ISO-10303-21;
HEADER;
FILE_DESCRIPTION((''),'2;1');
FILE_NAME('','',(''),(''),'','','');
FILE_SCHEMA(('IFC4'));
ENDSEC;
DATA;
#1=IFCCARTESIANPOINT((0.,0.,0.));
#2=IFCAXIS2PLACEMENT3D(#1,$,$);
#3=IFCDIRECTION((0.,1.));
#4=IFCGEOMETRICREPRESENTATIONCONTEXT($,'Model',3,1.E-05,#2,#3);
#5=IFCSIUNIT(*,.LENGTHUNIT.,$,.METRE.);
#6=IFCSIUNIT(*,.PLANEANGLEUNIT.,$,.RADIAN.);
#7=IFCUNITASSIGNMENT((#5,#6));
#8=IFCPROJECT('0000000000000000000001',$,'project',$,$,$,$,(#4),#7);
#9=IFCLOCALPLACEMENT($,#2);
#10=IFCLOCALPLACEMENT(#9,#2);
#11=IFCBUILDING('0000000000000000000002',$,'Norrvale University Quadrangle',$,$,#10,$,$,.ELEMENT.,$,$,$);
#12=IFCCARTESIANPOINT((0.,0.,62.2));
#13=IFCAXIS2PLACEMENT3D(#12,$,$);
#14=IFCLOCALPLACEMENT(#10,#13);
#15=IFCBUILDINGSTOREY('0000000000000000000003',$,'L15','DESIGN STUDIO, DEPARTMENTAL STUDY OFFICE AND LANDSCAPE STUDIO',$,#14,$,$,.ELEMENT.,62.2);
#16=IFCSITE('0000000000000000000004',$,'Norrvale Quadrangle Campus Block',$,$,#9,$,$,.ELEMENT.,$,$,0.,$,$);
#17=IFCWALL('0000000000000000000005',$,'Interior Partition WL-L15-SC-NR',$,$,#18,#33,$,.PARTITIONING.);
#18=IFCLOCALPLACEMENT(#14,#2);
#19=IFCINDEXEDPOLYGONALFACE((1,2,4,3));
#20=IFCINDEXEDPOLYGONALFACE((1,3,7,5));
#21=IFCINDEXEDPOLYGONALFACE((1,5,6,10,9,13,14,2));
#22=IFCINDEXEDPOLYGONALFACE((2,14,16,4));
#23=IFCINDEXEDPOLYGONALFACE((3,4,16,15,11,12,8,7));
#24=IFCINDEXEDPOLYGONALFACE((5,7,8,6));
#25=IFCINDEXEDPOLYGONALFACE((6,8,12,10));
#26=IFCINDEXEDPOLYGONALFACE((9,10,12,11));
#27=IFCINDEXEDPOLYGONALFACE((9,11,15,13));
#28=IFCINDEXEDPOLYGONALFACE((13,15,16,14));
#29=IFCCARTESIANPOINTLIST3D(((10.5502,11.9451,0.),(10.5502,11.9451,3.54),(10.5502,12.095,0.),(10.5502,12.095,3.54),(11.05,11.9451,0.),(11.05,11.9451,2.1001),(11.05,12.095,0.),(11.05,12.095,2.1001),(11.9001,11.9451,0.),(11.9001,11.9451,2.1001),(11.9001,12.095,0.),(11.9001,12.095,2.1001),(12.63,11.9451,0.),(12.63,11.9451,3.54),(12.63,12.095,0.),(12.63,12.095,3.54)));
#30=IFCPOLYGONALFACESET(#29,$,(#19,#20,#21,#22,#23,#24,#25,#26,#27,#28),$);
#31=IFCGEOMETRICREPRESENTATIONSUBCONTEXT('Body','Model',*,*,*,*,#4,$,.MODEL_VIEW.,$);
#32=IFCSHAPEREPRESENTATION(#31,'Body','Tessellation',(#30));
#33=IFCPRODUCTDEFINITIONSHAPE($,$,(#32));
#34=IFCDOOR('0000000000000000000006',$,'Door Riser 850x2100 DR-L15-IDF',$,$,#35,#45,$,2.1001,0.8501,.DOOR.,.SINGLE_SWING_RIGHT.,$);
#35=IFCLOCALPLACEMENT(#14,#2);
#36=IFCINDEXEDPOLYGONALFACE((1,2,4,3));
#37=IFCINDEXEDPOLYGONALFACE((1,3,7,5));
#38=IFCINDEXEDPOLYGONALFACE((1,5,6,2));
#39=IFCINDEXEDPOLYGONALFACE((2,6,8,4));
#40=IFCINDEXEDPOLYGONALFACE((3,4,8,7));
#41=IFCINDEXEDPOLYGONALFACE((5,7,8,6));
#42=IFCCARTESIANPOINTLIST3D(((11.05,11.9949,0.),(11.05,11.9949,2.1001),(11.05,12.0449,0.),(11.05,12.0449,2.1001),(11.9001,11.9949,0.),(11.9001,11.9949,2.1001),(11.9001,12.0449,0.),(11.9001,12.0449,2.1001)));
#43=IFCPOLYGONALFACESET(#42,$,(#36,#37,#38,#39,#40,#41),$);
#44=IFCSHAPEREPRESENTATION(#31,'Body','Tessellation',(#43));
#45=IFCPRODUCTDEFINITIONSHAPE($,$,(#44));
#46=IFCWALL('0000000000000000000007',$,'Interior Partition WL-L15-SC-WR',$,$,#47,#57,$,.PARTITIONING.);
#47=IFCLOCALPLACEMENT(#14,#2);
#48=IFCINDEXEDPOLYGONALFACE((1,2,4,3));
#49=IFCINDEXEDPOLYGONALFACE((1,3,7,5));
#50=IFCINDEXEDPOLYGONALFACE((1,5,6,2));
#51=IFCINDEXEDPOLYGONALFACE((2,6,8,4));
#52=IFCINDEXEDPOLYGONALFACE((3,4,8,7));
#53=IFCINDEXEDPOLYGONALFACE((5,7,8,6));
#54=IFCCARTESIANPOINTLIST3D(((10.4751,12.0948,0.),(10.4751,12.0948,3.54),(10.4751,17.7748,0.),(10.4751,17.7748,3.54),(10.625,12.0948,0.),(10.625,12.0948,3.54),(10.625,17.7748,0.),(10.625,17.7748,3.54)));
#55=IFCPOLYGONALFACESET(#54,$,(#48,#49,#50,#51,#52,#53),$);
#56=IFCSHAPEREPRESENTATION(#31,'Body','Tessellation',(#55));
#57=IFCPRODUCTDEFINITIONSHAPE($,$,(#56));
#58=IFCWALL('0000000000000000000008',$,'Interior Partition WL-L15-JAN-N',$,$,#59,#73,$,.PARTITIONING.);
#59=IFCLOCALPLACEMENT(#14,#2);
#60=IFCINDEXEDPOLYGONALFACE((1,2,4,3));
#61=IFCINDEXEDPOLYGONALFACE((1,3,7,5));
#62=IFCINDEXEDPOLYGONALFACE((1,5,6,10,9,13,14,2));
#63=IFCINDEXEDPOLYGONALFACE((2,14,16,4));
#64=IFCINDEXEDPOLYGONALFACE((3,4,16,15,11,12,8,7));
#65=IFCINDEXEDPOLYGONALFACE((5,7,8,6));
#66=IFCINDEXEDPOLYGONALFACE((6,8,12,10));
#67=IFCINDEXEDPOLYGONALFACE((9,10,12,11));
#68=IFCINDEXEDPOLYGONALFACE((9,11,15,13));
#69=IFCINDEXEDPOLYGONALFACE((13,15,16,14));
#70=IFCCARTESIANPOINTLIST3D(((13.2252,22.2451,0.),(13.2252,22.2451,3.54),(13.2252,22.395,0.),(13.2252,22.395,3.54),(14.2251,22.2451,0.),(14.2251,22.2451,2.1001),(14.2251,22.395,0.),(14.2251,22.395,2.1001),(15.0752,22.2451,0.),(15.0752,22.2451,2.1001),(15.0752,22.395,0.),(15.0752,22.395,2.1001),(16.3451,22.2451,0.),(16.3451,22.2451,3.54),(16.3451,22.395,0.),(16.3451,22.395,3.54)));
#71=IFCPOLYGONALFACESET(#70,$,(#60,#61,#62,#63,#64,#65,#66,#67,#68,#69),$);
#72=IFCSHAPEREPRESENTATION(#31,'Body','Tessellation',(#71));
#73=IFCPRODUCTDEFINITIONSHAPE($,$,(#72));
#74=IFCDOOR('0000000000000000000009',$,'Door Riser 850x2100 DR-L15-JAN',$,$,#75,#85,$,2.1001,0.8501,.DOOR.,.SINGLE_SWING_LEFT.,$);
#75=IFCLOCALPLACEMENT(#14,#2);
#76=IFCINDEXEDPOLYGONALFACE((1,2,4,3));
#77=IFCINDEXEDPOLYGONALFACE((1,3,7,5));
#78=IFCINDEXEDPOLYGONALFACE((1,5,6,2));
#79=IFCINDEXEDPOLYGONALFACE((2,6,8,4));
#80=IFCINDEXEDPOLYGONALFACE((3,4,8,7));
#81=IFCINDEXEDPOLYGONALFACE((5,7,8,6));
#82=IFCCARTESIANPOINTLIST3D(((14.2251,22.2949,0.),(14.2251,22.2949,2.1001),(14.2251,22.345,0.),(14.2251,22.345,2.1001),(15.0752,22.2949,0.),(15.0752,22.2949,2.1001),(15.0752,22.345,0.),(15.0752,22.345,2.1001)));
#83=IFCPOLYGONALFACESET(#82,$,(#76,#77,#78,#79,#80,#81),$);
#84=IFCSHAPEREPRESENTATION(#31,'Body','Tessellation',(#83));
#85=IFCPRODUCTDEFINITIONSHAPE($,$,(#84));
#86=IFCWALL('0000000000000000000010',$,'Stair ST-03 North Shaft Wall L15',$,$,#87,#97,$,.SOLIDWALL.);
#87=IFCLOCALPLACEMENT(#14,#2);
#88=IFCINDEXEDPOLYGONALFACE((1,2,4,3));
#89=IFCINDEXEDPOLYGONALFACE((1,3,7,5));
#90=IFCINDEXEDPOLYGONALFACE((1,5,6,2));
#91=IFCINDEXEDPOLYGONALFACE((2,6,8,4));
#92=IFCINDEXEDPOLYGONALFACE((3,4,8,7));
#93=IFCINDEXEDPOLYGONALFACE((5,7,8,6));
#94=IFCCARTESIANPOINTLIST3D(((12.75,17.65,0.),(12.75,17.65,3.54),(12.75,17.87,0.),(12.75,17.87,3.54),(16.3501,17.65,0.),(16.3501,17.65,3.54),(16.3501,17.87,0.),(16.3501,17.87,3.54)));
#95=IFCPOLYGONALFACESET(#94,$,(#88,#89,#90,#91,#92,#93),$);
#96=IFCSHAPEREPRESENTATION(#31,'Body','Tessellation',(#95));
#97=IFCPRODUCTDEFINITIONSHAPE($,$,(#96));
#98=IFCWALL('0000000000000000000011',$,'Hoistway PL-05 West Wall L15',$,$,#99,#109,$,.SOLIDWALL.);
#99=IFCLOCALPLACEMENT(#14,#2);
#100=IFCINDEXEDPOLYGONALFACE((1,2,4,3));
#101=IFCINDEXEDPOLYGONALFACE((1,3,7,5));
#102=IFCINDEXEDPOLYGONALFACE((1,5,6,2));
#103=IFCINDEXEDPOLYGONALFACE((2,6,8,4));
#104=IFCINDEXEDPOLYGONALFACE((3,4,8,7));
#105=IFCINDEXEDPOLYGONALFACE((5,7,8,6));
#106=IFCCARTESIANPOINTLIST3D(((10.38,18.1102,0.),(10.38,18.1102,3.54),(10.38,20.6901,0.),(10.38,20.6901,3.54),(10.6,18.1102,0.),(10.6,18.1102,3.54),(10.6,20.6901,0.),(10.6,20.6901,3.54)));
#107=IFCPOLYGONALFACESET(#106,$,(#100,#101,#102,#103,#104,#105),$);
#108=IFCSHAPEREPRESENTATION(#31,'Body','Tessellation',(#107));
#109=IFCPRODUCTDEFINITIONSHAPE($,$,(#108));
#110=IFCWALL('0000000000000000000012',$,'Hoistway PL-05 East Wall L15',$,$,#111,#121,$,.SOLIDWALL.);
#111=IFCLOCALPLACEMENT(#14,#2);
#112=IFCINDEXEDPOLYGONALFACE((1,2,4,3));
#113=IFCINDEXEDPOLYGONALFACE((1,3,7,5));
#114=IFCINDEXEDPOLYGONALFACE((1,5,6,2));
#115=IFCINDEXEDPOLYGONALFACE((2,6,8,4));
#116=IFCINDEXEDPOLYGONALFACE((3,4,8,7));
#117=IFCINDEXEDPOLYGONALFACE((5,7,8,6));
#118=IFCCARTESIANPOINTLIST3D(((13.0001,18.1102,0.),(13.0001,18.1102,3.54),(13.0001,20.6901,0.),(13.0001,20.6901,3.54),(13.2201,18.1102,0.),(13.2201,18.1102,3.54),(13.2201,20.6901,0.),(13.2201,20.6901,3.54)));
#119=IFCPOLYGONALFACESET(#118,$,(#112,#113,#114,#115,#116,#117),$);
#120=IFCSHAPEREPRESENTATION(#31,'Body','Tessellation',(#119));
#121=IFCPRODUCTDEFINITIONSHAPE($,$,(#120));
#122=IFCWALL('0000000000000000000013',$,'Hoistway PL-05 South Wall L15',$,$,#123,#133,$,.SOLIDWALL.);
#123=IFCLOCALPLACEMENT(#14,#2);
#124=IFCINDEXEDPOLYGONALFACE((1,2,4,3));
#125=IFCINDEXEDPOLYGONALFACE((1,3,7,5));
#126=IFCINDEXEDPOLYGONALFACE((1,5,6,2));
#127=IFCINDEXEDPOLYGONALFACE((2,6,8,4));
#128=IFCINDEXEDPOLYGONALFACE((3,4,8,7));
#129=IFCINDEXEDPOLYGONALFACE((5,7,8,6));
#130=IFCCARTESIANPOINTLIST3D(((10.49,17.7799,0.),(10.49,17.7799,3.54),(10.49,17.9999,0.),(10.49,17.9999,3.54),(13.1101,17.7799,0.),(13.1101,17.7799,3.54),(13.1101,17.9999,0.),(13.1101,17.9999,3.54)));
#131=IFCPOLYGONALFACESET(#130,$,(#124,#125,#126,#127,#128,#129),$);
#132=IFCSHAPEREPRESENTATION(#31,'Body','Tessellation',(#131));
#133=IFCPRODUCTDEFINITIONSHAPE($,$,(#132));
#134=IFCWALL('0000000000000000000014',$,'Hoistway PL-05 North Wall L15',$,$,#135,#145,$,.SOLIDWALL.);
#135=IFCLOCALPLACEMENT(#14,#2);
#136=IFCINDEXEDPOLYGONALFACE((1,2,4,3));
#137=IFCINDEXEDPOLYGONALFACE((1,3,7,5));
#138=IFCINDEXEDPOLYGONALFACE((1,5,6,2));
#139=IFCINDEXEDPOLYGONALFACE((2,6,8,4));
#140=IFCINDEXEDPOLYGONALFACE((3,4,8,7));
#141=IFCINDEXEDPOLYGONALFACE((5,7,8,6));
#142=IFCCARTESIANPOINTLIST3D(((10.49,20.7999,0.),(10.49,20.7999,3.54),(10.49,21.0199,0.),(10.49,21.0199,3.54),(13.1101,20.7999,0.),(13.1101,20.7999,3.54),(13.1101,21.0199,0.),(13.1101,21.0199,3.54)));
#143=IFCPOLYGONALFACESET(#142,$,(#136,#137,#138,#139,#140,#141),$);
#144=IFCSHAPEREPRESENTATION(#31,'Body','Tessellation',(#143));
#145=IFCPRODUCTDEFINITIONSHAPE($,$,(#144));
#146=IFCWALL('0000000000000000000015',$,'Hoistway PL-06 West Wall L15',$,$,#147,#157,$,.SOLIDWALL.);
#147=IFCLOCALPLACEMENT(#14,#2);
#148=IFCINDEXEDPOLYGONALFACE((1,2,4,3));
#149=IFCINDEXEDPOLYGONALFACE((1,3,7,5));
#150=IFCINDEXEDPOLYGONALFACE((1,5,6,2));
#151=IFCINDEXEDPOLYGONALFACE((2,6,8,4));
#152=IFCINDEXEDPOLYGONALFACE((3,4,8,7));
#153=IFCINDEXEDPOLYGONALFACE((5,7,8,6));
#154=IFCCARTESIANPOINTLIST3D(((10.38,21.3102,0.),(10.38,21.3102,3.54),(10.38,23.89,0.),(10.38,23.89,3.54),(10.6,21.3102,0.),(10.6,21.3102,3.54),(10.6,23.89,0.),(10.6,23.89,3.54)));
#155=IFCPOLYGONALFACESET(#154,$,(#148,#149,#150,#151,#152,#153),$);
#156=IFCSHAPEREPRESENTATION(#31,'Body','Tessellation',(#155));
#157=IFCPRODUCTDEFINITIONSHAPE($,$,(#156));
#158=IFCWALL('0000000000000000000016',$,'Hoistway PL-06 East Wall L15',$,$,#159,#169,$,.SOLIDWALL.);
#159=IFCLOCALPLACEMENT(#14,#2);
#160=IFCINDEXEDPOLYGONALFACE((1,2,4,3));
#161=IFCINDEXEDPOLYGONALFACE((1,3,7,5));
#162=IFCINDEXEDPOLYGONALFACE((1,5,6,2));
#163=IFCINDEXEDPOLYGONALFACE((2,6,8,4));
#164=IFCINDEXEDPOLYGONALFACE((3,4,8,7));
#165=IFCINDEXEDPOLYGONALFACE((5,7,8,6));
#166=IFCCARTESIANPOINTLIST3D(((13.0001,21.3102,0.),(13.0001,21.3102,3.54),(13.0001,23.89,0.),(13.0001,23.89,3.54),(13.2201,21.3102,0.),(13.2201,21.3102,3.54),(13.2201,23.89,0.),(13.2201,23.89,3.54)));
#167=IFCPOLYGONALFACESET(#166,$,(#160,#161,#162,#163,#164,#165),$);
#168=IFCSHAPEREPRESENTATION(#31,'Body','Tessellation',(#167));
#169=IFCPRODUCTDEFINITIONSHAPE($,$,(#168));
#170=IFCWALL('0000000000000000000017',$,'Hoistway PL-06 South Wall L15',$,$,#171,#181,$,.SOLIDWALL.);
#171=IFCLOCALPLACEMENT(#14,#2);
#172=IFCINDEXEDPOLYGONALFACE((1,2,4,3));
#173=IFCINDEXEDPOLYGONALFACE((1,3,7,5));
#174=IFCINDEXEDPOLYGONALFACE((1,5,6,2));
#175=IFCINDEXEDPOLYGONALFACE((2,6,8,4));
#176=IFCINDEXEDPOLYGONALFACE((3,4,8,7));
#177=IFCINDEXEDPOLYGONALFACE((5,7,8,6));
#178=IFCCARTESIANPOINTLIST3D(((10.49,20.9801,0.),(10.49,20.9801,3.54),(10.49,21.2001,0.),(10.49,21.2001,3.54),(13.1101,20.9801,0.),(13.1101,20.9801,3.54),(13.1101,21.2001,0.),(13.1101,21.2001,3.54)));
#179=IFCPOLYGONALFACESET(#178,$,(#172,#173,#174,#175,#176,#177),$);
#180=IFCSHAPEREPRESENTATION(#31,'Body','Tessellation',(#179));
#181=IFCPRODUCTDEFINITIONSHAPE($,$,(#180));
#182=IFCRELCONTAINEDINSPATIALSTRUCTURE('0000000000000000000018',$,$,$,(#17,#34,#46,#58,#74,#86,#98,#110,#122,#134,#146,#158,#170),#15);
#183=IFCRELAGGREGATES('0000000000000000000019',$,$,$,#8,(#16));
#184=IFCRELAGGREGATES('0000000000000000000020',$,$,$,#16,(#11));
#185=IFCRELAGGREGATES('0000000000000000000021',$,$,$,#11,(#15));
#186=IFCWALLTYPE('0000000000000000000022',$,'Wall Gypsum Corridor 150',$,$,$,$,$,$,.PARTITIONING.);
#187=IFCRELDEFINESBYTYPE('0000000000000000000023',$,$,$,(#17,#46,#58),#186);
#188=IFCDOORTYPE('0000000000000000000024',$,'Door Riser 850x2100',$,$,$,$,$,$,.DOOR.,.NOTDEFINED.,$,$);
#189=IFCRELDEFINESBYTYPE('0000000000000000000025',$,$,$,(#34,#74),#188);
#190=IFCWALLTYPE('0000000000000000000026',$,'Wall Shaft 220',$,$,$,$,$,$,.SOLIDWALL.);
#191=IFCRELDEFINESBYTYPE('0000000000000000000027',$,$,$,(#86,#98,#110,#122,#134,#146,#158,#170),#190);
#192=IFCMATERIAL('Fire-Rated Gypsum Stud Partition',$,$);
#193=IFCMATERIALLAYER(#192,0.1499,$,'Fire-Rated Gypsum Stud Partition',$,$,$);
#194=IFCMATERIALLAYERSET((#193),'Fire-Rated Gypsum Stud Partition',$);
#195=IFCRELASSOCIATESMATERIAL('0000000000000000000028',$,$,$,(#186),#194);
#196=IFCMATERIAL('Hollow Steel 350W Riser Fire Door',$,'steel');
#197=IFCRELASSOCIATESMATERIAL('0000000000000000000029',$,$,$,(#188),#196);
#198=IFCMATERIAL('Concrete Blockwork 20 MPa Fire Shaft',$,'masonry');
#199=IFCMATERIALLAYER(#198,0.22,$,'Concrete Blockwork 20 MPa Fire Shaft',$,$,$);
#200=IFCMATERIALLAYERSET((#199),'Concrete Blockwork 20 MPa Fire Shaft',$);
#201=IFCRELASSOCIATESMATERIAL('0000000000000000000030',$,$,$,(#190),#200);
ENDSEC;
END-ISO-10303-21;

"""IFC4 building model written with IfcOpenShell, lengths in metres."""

from ifc_helpers import new_model, si_unit, direction, frame, frame_2d, origin, place, context, subcontext, project, spatial, rectangle, extrude, material, layer, layer_set, type_object, element, fill, save


model = new_model("IFC4")

# Units and contexts
model_context = context("Model", 3, precision=1e-05, world=origin(), true_north=direction((0.0, 1.0)))
body_context = subcontext(model_context, "Body", "Model", "MODEL_VIEW")
ifc_project = project(units=[si_unit("LENGTHUNIT", "METRE"), si_unit("PLANEANGLEUNIT", "RADIAN")], contexts=[model_context])

# Site, building, storey
site_placement = place(None, origin())
site = spatial("IfcSite", under=ifc_project, at=site_placement, Name="Norrvale Quadrangle Campus Block", CompositionType="ELEMENT", RefElevation=0.0)
building_placement = place(site_placement, origin())
building = spatial("IfcBuilding", under=site, at=building_placement, Name="Norrvale University Quadrangle", CompositionType="ELEMENT")
storey_placement = place(building_placement, frame((0.0, 0.0, 62.2)))
storey = spatial("IfcBuildingStorey", under=building, at=storey_placement, Name="L15", Description="DESIGN STUDIO, DEPARTMENTAL STUDY OFFICE AND LANDSCAPE STUDIO", CompositionType="ELEMENT", Elevation=62.2)

# Wall, opening, door
ifc_material_1 = material(Name="Fire-Rated Gypsum Stud Partition")
ifc_layer_1 = layer(ifc_material_1, 0.1499, Name="Fire-Rated Gypsum Stud Partition")
ifc_layer_set_1 = layer_set([ifc_layer_1], Name="Fire-Rated Gypsum Stud Partition")
wall_type_1 = type_object("IfcWallType", Name="Wall Gypsum Corridor 150", PredefinedType="PARTITIONING", material=ifc_layer_set_1)
wall_1_placement = place(storey_placement, frame((10.55, 12.02, 0.0), z_axis=(0.0, 0.0, 1.0), x_axis=(1.0, 0.0, 0.0)))
wall_1 = element("IfcWall", 1, at=wall_1_placement, inside=storey, type_object=wall_type_1, Name="Interior Partition WL-L15-SC-NR", PredefinedType="PARTITIONING", context=body_context, shape_type="SweptSolid", body=[
    extrude(rectangle(XDim=2.0798, YDim=0.1499, at=frame_2d((1.04, 0.0))), origin(), (0.0, 0.0, 1.0), 3.54),
])
opening_1_placement = place(wall_1_placement, frame((0.5, 0.0, 0.0)))
opening_1 = element("IfcOpeningElement", 2, at=opening_1_placement, cuts=wall_1, PredefinedType="OPENING", context=body_context, shape_type="SweptSolid", body=[
    extrude(rectangle(XDim=0.8501, YDim=2.1001, at=frame_2d((0.425, 1.05))), frame((0.0, 0.0869, 0.0), z_axis=(0.0, -1.0, 0.0), x_axis=(1.0, 0.0, 0.0)), (0.0, 0.0, 1.0), 0.1738),
])
ifc_material_2 = material(Name="Hollow Steel 350W Riser Fire Door", Category="steel")
door_type = type_object("IfcDoorType", Name="Door Riser 850x2100", OperationType="NOTDEFINED", PredefinedType="DOOR", material=ifc_material_2)
door_1_placement = place(opening_1_placement, origin())
door_1 = element("IfcDoor", 3, at=door_1_placement, inside=storey, type_object=door_type, Name="Door Riser 850x2100 DR-L15-IDF", OperationType="SINGLE_SWING_RIGHT", OverallHeight=2.1001, OverallWidth=0.8501, PredefinedType="DOOR", context=body_context, shape_type="SweptSolid", body=[
    extrude(rectangle(XDim=0.8501, YDim=2.1001, at=frame_2d((0.425, 1.05))), frame((0.0, 0.0249, 0.0), z_axis=(0.0, -1.0, 0.0), x_axis=(1.0, 0.0, 0.0)), (0.0, 0.0, 1.0), 0.05),
])
fill(opening_1, door_1)

# Wall
wall_2_placement = place(storey_placement, frame((10.55, 12.095, 0.0), z_axis=(0.0, 0.0, 1.0), x_axis=(0.0, 1.0, 0.0)))
element("IfcWall", 4, at=wall_2_placement, inside=storey, type_object=wall_type_1, Name="Interior Partition WL-L15-SC-WR", PredefinedType="PARTITIONING", context=body_context, shape_type="SweptSolid", body=[
    extrude(rectangle(XDim=5.6799, YDim=0.1499, at=frame_2d((2.8398, 0.0))), origin(), (0.0, 0.0, 1.0), 3.54),
])

# Wall, opening, door
wall_3_placement = place(storey_placement, frame((13.2251, 22.3201, 0.0), z_axis=(0.0, 0.0, 1.0), x_axis=(1.0, 0.0, 0.0)))
wall_3 = element("IfcWall", 5, at=wall_3_placement, inside=storey, type_object=wall_type_1, Name="Interior Partition WL-L15-JAN-N", PredefinedType="PARTITIONING", context=body_context, shape_type="SweptSolid", body=[
    extrude(rectangle(XDim=3.1199, YDim=0.1499, at=frame_2d((1.5601, 0.0))), origin(), (0.0, 0.0, 1.0), 3.54),
])
opening_2_placement = place(wall_3_placement, frame((1.0, 0.0, 0.0)))
opening_2 = element("IfcOpeningElement", 6, at=opening_2_placement, cuts=wall_3, PredefinedType="OPENING", context=body_context, shape_type="SweptSolid", body=[
    extrude(rectangle(XDim=0.8501, YDim=2.1001, at=frame_2d((0.425, 1.05))), frame((0.0, 0.0869, 0.0), z_axis=(0.0, -1.0, 0.0), x_axis=(1.0, 0.0, 0.0)), (0.0, 0.0, 1.0), 0.1738),
])
door_2_placement = place(opening_2_placement, origin())
door_2 = element("IfcDoor", 7, at=door_2_placement, inside=storey, type_object=door_type, Name="Door Riser 850x2100 DR-L15-JAN", OperationType="SINGLE_SWING_LEFT", OverallHeight=2.1001, OverallWidth=0.8501, PredefinedType="DOOR", context=body_context, shape_type="SweptSolid", body=[
    extrude(rectangle(XDim=0.8501, YDim=2.1001, at=frame_2d((0.425, 1.05))), frame((0.0, 0.0249, 0.0), z_axis=(0.0, -1.0, 0.0), x_axis=(1.0, 0.0, 0.0)), (0.0, 0.0, 1.0), 0.05),
])
fill(opening_2, door_2)

# Walls
ifc_material_3 = material(Name="Concrete Blockwork 20 MPa Fire Shaft", Category="masonry")
ifc_layer_2 = layer(ifc_material_3, 0.22, Name="Concrete Blockwork 20 MPa Fire Shaft")
ifc_layer_set_2 = layer_set([ifc_layer_2], Name="Concrete Blockwork 20 MPa Fire Shaft")
wall_type_2 = type_object("IfcWallType", Name="Wall Shaft 220", PredefinedType="SOLIDWALL", material=ifc_layer_set_2)
wall_4_placement = place(storey_placement, frame((12.75, 17.76, 0.0), z_axis=(0.0, 0.0, 1.0), x_axis=(1.0, 0.0, 0.0)))
element("IfcWall", 8, at=wall_4_placement, inside=storey, type_object=wall_type_2, Name="Stair ST-03 North Shaft Wall L15", PredefinedType="SOLIDWALL", context=body_context, shape_type="SweptSolid", body=[
    extrude(rectangle(XDim=3.6001, YDim=0.22, at=frame_2d((1.8, 0.0))), origin(), (0.0, 0.0, 1.0), 3.54),
])
for number, where, z_axis, x_axis, name in (
    (9, (10.49, 18.1101, 0.0), (0.0, 0.0, 1.0), (0.0, 1.0, 0.0), "Hoistway PL-05 West Wall L15"),
    (10, (13.1101, 18.1101, 0.0), (0.0, 0.0, 1.0), (0.0, 1.0, 0.0), "Hoistway PL-05 East Wall L15"),
):
    element("IfcWall", number, at=place(storey_placement, frame(where, z_axis=z_axis, x_axis=x_axis)), inside=storey, type_object=wall_type_2, Name=name, PredefinedType="SOLIDWALL", context=body_context, shape_type="SweptSolid", body=[
        extrude(rectangle(XDim=2.5798, YDim=0.22, at=frame_2d((1.29, 0.0))), origin(), (0.0, 0.0, 1.0), 3.54),
    ])
for number, where, z_axis, x_axis, name in (
    (11, (10.49, 17.8899, 0.0), (0.0, 0.0, 1.0), (1.0, 0.0, 0.0), "Hoistway PL-05 South Wall L15"),
    (12, (10.49, 20.9099, 0.0), (0.0, 0.0, 1.0), (1.0, 0.0, 0.0), "Hoistway PL-05 North Wall L15"),
):
    element("IfcWall", number, at=place(storey_placement, frame(where, z_axis=z_axis, x_axis=x_axis)), inside=storey, type_object=wall_type_2, Name=name, PredefinedType="SOLIDWALL", context=body_context, shape_type="SweptSolid", body=[
        extrude(rectangle(XDim=2.6201, YDim=0.22, at=frame_2d((1.3101, 0.0))), origin(), (0.0, 0.0, 1.0), 3.54),
    ])
for number, where, z_axis, x_axis, name in (
    (13, (10.49, 21.3101, 0.0), (0.0, 0.0, 1.0), (0.0, 1.0, 0.0), "Hoistway PL-06 West Wall L15"),
    (14, (13.1101, 21.3101, 0.0), (0.0, 0.0, 1.0), (0.0, 1.0, 0.0), "Hoistway PL-06 East Wall L15"),
):
    element("IfcWall", number, at=place(storey_placement, frame(where, z_axis=z_axis, x_axis=x_axis)), inside=storey, type_object=wall_type_2, Name=name, PredefinedType="SOLIDWALL", context=body_context, shape_type="SweptSolid", body=[
        extrude(rectangle(XDim=2.5798, YDim=0.22, at=frame_2d((1.29, 0.0))), origin(), (0.0, 0.0, 1.0), 3.54),
    ])
wall_5_placement = place(storey_placement, frame((10.49, 21.0901, 0.0), z_axis=(0.0, 0.0, 1.0), x_axis=(1.0, 0.0, 0.0)))
element("IfcWall", 15, at=wall_5_placement, inside=storey, type_object=wall_type_2, Name="Hoistway PL-06 South Wall L15", PredefinedType="SOLIDWALL", context=body_context, shape_type="SweptSolid", body=[
    extrude(rectangle(XDim=2.6201, YDim=0.22, at=frame_2d((1.3101, 0.0))), origin(), (0.0, 0.0, 1.0), 3.54),
])

save(model, "model.ifc")
